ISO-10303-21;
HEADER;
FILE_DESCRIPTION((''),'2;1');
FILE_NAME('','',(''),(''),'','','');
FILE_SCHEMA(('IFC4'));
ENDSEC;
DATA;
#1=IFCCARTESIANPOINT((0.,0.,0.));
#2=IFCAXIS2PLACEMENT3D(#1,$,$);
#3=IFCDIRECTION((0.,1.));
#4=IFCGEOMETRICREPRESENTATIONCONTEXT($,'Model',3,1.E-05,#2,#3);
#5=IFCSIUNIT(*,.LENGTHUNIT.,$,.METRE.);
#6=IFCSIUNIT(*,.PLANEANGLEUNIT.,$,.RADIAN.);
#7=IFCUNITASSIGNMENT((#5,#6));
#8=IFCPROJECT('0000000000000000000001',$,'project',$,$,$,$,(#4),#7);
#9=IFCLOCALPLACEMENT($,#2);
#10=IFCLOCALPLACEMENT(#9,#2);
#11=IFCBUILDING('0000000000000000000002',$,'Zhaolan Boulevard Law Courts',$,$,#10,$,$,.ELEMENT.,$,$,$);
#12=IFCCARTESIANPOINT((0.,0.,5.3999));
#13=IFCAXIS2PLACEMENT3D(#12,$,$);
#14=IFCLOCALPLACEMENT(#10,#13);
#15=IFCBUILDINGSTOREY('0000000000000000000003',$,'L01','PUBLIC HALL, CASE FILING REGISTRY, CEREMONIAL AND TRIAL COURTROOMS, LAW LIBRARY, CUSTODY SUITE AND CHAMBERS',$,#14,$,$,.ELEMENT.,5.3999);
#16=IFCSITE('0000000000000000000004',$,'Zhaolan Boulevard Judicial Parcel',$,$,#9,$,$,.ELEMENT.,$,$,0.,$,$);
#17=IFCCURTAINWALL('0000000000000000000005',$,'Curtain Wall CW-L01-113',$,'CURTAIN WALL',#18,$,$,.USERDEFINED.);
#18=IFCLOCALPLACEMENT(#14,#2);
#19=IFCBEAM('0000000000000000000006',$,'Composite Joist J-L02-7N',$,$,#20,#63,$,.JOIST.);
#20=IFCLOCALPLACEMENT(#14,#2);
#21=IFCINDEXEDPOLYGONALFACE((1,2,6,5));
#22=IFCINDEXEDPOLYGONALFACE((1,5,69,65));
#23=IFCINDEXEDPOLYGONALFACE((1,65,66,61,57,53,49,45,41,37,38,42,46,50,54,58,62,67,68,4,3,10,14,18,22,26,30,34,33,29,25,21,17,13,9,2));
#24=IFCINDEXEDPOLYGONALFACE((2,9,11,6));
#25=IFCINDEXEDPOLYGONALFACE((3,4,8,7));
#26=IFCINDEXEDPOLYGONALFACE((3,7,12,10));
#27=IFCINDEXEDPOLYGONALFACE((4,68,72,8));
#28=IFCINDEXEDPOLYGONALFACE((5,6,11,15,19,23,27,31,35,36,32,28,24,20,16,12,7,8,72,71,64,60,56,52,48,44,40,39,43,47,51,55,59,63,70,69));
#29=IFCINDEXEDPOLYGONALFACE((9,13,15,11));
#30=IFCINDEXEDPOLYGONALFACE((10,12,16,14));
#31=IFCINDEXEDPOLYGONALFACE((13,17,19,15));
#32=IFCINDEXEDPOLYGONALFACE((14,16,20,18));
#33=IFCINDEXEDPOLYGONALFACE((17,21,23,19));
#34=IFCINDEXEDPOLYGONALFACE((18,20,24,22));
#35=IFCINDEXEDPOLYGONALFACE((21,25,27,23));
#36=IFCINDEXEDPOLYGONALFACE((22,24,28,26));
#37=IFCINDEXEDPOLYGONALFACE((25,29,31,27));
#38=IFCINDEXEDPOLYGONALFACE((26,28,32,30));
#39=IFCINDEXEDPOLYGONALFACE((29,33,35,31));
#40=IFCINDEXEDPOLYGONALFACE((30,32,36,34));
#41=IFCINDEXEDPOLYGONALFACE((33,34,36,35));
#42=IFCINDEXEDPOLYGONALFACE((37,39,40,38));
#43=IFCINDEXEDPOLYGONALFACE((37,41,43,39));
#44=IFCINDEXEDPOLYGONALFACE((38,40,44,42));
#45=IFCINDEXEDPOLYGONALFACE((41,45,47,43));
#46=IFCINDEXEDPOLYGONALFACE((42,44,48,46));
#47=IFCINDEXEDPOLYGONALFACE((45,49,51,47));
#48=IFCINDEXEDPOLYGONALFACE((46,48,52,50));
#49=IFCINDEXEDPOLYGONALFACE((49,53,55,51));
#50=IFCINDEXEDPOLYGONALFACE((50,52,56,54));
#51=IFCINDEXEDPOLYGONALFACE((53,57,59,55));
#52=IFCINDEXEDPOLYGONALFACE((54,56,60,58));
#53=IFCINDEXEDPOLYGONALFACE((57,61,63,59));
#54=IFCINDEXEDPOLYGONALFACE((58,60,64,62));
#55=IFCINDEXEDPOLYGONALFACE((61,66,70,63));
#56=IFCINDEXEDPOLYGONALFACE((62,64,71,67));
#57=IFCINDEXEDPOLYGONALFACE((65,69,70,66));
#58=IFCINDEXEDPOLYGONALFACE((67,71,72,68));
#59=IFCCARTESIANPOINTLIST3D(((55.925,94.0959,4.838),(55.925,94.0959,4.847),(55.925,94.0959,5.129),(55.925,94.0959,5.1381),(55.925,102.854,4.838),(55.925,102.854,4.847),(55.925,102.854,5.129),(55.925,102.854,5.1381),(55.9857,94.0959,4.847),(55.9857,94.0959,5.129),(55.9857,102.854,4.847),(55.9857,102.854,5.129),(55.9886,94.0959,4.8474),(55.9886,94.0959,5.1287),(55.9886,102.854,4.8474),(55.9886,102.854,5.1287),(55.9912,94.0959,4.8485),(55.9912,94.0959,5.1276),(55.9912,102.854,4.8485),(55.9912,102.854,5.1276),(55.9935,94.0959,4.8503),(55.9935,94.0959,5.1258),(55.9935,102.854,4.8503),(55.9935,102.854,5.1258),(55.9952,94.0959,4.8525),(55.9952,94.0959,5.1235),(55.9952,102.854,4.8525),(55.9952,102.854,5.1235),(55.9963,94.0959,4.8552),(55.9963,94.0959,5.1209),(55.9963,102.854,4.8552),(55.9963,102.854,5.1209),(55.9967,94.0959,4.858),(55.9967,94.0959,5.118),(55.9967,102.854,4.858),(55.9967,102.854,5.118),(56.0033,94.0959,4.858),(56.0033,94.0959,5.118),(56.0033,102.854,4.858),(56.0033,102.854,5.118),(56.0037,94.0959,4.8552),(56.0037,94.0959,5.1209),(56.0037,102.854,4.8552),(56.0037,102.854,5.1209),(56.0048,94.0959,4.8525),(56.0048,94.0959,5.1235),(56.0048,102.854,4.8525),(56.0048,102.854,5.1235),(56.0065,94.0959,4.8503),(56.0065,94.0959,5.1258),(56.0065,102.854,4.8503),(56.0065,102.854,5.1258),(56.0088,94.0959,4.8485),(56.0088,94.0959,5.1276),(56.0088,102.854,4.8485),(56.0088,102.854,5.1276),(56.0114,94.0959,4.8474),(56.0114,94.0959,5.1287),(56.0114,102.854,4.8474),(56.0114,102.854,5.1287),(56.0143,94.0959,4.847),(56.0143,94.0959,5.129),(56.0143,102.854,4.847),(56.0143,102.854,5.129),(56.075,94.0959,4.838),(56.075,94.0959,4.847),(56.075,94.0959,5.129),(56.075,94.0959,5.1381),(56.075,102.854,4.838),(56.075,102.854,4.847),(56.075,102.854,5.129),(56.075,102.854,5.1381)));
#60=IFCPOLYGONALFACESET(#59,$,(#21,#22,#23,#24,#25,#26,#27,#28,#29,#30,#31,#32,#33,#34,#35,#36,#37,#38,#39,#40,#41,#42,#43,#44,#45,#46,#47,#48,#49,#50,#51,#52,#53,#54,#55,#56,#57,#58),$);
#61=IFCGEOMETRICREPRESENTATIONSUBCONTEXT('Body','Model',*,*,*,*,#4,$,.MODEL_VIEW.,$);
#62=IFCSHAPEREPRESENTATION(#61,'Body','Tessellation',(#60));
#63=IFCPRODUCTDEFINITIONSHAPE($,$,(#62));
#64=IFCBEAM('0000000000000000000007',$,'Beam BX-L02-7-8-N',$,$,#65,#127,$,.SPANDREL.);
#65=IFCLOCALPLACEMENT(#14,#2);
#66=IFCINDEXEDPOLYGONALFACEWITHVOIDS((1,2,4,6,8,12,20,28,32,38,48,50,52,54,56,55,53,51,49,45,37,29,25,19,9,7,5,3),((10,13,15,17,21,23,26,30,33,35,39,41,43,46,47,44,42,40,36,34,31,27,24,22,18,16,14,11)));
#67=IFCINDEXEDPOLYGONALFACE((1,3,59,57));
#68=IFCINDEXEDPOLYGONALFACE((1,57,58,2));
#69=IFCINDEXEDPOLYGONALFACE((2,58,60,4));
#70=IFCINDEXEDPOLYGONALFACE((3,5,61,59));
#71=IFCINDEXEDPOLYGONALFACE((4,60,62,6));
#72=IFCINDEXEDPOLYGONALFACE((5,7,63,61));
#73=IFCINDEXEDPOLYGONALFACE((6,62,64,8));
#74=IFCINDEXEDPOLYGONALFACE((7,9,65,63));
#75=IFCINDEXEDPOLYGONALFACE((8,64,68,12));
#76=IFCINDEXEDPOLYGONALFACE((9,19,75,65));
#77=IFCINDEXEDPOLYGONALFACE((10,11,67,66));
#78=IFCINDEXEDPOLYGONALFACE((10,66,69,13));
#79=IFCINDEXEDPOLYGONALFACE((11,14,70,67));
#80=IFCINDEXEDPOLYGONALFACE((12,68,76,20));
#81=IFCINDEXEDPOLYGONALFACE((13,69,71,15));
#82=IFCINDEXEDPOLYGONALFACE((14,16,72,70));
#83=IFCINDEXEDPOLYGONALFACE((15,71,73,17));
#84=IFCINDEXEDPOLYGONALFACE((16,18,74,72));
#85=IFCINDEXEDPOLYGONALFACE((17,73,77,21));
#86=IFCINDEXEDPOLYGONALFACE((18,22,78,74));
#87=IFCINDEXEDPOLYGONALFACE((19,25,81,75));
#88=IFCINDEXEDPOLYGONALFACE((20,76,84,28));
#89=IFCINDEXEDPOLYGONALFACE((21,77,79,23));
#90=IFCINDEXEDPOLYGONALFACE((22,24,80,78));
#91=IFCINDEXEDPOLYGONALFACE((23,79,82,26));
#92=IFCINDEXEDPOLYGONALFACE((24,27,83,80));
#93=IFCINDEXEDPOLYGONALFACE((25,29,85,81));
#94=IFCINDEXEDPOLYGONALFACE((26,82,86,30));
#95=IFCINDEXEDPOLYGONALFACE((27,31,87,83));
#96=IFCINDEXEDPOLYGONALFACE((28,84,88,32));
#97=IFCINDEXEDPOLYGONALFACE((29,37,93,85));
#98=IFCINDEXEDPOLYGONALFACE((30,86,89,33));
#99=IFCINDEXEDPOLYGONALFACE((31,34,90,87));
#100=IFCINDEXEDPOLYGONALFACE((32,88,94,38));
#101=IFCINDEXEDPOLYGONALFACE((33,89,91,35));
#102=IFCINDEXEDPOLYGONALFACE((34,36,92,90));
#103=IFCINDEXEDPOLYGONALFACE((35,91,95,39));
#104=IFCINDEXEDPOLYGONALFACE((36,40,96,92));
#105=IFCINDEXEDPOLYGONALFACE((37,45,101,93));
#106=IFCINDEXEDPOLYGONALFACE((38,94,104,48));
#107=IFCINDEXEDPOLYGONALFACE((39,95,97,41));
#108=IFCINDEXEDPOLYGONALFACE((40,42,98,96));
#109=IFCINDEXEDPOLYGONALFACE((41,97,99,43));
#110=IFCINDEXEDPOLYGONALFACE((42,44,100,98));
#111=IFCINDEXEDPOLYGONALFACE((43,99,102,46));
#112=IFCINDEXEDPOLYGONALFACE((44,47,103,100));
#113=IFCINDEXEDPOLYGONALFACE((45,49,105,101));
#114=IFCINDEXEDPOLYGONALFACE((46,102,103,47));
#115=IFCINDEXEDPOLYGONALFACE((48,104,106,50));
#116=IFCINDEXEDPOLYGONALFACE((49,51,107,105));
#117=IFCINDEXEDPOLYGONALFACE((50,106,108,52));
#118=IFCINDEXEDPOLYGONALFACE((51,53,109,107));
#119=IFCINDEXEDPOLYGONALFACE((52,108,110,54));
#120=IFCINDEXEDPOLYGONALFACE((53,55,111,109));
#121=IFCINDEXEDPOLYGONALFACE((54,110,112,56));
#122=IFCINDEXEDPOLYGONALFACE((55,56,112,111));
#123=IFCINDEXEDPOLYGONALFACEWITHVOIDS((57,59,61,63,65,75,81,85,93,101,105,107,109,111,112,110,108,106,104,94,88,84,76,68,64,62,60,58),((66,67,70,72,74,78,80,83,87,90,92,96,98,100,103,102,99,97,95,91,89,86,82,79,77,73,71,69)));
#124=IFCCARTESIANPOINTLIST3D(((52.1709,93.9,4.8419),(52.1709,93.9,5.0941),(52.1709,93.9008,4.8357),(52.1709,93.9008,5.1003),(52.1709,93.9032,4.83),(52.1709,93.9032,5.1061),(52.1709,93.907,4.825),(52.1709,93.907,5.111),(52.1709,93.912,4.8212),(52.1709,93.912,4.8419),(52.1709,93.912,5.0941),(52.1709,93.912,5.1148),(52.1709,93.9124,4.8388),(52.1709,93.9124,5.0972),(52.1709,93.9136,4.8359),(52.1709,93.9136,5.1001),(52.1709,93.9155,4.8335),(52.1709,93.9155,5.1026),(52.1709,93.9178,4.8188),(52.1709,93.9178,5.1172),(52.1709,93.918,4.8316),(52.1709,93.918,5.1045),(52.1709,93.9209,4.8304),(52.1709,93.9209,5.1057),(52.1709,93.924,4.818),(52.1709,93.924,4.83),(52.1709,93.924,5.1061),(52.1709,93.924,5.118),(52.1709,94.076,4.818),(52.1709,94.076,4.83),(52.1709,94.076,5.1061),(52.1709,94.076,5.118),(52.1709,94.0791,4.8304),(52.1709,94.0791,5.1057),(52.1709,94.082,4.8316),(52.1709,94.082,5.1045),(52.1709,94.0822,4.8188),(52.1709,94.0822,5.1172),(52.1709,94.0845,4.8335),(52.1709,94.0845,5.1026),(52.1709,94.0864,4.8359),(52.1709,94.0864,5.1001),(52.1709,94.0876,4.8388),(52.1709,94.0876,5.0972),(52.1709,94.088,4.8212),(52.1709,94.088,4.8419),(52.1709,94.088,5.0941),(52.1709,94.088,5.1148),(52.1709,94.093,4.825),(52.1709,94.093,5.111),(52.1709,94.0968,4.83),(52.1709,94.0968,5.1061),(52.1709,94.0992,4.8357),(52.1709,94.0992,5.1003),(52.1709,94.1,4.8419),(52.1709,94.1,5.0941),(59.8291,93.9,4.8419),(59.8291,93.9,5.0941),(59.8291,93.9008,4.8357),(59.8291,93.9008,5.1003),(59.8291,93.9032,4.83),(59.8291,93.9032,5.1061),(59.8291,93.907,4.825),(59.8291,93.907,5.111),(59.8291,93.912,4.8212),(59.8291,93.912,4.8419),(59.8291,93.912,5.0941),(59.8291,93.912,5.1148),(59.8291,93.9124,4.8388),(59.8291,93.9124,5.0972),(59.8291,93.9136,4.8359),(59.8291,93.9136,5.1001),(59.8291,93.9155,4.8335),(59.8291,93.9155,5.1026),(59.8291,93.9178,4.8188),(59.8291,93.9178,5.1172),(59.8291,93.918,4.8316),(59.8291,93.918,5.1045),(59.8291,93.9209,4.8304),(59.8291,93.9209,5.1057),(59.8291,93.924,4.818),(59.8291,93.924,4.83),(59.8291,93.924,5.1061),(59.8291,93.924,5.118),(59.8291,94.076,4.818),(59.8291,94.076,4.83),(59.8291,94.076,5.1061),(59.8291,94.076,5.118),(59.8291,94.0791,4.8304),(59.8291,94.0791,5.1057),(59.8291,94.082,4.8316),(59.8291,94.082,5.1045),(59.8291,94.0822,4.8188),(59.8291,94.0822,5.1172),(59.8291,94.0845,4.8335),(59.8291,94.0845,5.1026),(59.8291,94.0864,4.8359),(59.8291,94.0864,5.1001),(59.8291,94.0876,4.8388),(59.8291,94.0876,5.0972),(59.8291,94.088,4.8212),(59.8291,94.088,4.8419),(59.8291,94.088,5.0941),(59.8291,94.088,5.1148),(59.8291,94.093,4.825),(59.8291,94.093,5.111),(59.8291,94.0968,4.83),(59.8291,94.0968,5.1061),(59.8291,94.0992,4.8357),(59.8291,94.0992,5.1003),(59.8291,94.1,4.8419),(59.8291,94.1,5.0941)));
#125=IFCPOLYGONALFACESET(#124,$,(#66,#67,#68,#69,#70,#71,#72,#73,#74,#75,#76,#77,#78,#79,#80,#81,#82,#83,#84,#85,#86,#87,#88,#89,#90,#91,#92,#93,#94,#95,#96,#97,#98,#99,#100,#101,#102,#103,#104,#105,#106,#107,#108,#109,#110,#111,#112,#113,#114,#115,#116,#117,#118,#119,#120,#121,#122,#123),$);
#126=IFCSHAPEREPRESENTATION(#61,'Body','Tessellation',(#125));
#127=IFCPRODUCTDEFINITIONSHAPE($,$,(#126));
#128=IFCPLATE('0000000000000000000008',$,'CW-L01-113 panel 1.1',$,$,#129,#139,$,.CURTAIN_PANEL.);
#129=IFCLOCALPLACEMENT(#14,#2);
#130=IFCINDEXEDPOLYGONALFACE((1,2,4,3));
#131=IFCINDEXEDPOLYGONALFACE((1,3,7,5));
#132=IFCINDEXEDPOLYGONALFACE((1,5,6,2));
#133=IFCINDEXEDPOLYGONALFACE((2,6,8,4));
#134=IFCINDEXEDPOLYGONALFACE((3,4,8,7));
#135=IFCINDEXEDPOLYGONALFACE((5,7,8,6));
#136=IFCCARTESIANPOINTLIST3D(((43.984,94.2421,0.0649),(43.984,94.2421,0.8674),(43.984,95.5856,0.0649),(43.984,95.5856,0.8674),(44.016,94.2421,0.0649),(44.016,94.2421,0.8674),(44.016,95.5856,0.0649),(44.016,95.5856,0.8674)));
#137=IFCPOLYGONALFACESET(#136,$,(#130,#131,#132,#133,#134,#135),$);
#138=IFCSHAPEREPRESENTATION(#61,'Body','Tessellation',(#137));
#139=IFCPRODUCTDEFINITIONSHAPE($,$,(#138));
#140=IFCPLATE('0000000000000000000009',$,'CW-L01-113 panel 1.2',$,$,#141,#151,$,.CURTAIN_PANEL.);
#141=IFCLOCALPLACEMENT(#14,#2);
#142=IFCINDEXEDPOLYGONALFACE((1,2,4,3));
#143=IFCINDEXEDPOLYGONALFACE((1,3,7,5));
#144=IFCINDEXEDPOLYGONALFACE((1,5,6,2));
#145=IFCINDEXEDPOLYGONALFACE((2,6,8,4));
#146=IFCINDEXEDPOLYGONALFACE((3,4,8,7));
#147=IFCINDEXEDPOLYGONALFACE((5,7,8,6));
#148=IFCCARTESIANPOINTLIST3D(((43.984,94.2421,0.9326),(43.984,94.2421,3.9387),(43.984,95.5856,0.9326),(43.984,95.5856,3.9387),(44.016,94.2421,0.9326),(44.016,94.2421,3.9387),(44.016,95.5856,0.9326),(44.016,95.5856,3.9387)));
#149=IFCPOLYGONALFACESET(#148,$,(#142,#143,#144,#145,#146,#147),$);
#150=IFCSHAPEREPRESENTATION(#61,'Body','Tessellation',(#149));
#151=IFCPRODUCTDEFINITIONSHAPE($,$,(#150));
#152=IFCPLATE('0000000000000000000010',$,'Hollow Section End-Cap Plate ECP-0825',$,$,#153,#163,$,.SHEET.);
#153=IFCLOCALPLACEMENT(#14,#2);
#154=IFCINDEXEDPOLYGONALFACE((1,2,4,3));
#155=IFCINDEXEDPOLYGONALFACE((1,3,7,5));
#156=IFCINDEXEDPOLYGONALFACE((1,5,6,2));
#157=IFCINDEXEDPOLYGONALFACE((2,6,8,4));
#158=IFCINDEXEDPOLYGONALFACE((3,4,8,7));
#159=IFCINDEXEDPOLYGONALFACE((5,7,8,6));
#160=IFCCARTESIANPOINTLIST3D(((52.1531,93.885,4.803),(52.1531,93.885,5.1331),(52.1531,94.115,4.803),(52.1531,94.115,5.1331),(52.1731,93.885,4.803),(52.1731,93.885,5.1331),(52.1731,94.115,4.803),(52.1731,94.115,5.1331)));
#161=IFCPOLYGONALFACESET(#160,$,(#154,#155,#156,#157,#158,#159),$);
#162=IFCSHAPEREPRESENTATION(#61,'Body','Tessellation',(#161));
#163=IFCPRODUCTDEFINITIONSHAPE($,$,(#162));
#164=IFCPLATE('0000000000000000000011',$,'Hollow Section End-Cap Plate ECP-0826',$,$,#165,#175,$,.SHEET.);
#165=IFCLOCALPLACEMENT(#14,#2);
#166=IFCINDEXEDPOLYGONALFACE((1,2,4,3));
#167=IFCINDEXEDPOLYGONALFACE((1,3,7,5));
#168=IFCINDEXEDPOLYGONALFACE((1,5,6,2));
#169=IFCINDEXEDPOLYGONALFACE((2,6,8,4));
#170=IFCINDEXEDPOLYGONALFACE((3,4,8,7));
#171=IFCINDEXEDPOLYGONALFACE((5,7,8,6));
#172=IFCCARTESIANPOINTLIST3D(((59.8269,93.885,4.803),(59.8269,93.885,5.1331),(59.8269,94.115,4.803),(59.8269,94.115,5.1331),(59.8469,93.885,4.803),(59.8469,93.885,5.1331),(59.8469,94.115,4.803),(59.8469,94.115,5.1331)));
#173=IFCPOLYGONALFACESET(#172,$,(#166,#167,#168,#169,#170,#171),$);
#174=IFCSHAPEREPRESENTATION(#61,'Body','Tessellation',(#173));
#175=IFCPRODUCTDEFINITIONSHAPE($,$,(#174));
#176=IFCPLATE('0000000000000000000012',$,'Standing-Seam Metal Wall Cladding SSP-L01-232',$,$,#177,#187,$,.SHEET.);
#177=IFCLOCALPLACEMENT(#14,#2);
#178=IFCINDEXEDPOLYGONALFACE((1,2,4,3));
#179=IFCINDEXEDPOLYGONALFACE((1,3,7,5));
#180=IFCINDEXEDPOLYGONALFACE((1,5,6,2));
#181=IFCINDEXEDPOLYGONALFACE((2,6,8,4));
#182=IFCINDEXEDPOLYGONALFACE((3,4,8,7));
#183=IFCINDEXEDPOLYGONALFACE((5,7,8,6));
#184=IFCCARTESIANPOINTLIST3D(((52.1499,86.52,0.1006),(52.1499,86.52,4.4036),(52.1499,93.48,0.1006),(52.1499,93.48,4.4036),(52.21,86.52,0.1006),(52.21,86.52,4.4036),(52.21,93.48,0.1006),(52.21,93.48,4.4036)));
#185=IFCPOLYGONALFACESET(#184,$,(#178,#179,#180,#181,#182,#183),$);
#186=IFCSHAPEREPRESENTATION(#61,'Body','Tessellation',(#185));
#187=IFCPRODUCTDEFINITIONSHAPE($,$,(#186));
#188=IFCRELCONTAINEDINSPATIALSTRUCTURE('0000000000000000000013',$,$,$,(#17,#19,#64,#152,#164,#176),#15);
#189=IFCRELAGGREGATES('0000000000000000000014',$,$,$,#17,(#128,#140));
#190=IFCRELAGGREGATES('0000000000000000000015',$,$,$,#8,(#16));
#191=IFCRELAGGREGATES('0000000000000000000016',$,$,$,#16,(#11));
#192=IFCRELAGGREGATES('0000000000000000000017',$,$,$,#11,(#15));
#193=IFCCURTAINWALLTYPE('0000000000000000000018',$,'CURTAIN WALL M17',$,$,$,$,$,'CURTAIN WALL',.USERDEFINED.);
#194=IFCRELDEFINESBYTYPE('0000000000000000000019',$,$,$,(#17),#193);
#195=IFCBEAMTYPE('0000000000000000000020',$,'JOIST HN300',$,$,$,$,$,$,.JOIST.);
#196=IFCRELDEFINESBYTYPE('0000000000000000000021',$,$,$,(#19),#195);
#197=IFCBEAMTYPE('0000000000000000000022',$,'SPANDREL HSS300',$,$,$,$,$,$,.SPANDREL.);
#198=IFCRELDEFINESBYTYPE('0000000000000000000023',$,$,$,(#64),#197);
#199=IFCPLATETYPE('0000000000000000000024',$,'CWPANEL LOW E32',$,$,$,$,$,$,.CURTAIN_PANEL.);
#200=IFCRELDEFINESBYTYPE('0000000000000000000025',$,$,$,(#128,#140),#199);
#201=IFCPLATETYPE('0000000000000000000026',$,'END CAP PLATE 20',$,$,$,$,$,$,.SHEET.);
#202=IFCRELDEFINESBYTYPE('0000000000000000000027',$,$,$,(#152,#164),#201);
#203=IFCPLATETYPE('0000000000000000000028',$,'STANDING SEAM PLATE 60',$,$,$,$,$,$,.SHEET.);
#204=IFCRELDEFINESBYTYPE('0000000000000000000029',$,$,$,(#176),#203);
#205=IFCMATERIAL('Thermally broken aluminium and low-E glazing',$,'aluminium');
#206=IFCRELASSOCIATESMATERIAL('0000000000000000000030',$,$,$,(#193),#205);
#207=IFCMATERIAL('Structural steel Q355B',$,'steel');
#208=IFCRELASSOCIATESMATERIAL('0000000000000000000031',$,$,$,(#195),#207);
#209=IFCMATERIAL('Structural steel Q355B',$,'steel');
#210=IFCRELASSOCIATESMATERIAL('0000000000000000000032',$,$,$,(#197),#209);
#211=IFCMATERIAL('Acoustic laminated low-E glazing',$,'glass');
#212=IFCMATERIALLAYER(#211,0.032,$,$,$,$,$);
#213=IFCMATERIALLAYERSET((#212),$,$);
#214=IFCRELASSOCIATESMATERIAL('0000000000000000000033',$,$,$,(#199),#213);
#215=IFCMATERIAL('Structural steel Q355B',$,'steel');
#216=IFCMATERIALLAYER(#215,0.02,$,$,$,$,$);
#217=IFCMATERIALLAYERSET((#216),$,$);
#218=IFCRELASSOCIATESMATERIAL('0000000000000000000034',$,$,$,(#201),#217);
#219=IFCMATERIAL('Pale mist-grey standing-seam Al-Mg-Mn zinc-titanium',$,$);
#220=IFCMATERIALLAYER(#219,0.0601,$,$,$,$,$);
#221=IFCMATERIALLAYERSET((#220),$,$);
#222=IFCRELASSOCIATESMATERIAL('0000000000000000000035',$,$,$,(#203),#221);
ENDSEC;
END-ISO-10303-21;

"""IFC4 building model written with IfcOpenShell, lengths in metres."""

from ifc_helpers import new_model, si_unit, direction, frame, origin, origin_2d, place, context, subcontext, project, spatial, rectangle, hollow_rectangle, i_section, extrude, material, layer, layer_set, material_profile, profile_set, type_object, element, aggregate, save


model = new_model("IFC4")

# Units and contexts
model_context = context("Model", 3, precision=1e-05, world=origin(), true_north=direction((0.0, 1.0)))
body_context = subcontext(model_context, "Body", "Model", "MODEL_VIEW")
ifc_project = project(units=[si_unit("LENGTHUNIT", "METRE"), si_unit("PLANEANGLEUNIT", "RADIAN")], contexts=[model_context])

# Site, building, storey
site_placement = place(None, origin())
site = spatial("IfcSite", under=ifc_project, at=site_placement, Name="Zhaolan Boulevard Judicial Parcel", CompositionType="ELEMENT", RefElevation=0.0)
building_placement = place(site_placement, origin())
building = spatial("IfcBuilding", under=site, at=building_placement, Name="Zhaolan Boulevard Law Courts", CompositionType="ELEMENT")
storey_placement = place(building_placement, frame((0.0, 0.0, 5.3999)))
storey = spatial("IfcBuildingStorey", under=building, at=storey_placement, Name="L01", Description="PUBLIC HALL, CASE FILING REGISTRY, CEREMONIAL AND TRIAL COURTROOMS, LAW LIBRARY, CUSTODY SUITE AND CHAMBERS", CompositionType="ELEMENT", Elevation=5.3999)

# Curtain wall
ifc_material_1 = material(Name="Thermally broken aluminium and low-E glazing", Category="aluminium")
curtain_wall_type = type_object("IfcCurtainWallType", Name="CURTAIN WALL M17", ElementType="CURTAIN WALL", PredefinedType="USERDEFINED", material=ifc_material_1)
curtain_wall_placement = place(storey_placement, origin())
curtain_wall = element("IfcCurtainWall", 1, at=curtain_wall_placement, inside=storey, type_object=curtain_wall_type, Name="Curtain Wall CW-L01-113", ObjectType="CURTAIN WALL", PredefinedType="USERDEFINED")

# Beams
ifc_material_2 = material(Name="Structural steel Q355B", Category="steel")
ifc_material_profile_1 = material_profile(ifc_material_2, i_section(OverallWidth=0.1499, OverallDepth=0.3, WebThickness=0.0066, FlangeThickness=0.009, FilletRadius=0.011, at=origin_2d()), Name="HN300x150")
ifc_profile_set_1 = profile_set([ifc_material_profile_1], Name="Structural steel Q355B")
beam_type_1 = type_object("IfcBeamType", Name="JOIST HN300", PredefinedType="JOIST", material=ifc_profile_set_1)
beam_1_placement = place(storey_placement, frame((56.0, 94.0959, 4.988), z_axis=(0.0, 1.0, 0.0), x_axis=(-1.0, 0.0, 0.0)))
element("IfcBeam", 2, at=beam_1_placement, inside=storey, type_object=beam_type_1, Name="Composite Joist J-L02-7N", PredefinedType="JOIST", context=body_context, shape_type="SweptSolid", body=[
    extrude(i_section(OverallWidth=0.1499, OverallDepth=0.3, WebThickness=0.0066, FlangeThickness=0.009, FilletRadius=0.011, at=origin_2d()), origin(), (0.0, 0.0, 1.0), 8.7581),
])
ifc_material_3 = material(Name="Structural steel Q355B", Category="steel")
ifc_material_profile_2 = material_profile(ifc_material_3, hollow_rectangle(XDim=0.2, YDim=0.3, WallThickness=0.012, InnerFilletRadius=0.012, OuterFilletRadius=0.0239, at=origin_2d()), Name="HSS300x200x12")
ifc_profile_set_2 = profile_set([ifc_material_profile_2], Name="Structural steel Q355B")
beam_type_2 = type_object("IfcBeamType", Name="SPANDREL HSS300", PredefinedType="SPANDREL", material=ifc_profile_set_2)
beam_2_placement = place(storey_placement, frame((52.1709, 94.0, 4.968), z_axis=(1.0, 0.0, 0.0), x_axis=(0.0, 1.0, 0.0)))
element("IfcBeam", 3, at=beam_2_placement, inside=storey, type_object=beam_type_2, Name="Beam BX-L02-7-8-N", PredefinedType="SPANDREL", context=body_context, shape_type="SweptSolid", body=[
    extrude(hollow_rectangle(XDim=0.2, YDim=0.3, WallThickness=0.012, InnerFilletRadius=0.012, OuterFilletRadius=0.0239, at=origin_2d()), origin(), (0.0, 0.0, 1.0), 7.6582),
])

# Plates
ifc_material_4 = material(Name="Acoustic laminated low-E glazing", Category="glass")
ifc_layer_1 = layer(ifc_material_4, 0.032)
ifc_layer_set_1 = layer_set([ifc_layer_1])
plate_type_1 = type_object("IfcPlateType", Name="CWPANEL LOW E32", PredefinedType="CURTAIN_PANEL", material=ifc_layer_set_1)
plate_1_placement = place(storey_placement, frame((44.0, 94.9138, 0.0649), z_axis=(0.0, 0.0, 1.0), x_axis=(0.0, 1.0, 0.0)))
plate_1 = element("IfcPlate", 4, at=plate_1_placement, type_object=plate_type_1, Name="CW-L01-113 panel 1.1", PredefinedType="CURTAIN_PANEL", context=body_context, shape_type="SweptSolid", body=[
    extrude(rectangle(XDim=1.3435, YDim=0.032, at=origin_2d()), origin(), (0.0, 0.0, 1.0), 0.8025),
])
plate_2_placement = place(storey_placement, frame((44.0, 94.9138, 0.9326), z_axis=(0.0, 0.0, 1.0), x_axis=(0.0, 1.0, 0.0)))
plate_2 = element("IfcPlate", 5, at=plate_2_placement, type_object=plate_type_1, Name="CW-L01-113 panel 1.2", PredefinedType="CURTAIN_PANEL", context=body_context, shape_type="SweptSolid", body=[
    extrude(rectangle(XDim=1.3435, YDim=0.032, at=origin_2d()), origin(), (0.0, 0.0, 1.0), 3.0061),
])
aggregate(curtain_wall, [plate_1, plate_2])

# Plates
ifc_material_5 = material(Name="Structural steel Q355B", Category="steel")
ifc_layer_2 = layer(ifc_material_5, 0.02)
ifc_layer_set_2 = layer_set([ifc_layer_2])
plate_type_2 = type_object("IfcPlateType", Name="END CAP PLATE 20", PredefinedType="SHEET", material=ifc_layer_set_2)
for number, where, z_axis, x_axis, name in (
    (6, (52.1631, 94.0, 4.803), (0.0, 0.0, 1.0), (1.0, 0.0, 0.0), "Hollow Section End-Cap Plate ECP-0825"),
    (7, (59.8369, 94.0, 4.803), (0.0, 0.0, 1.0), (1.0, 0.0, 0.0), "Hollow Section End-Cap Plate ECP-0826"),
):
    element("IfcPlate", number, at=place(storey_placement, frame(where, z_axis=z_axis, x_axis=x_axis)), inside=storey, type_object=plate_type_2, Name=name, PredefinedType="SHEET", context=body_context, shape_type="SweptSolid", body=[
        extrude(rectangle(XDim=0.02, YDim=0.23, at=origin_2d()), origin(), (0.0, 0.0, 1.0), 0.3301),
    ])
ifc_material_6 = material(Name="Pale mist-grey standing-seam Al-Mg-Mn zinc-titanium")
ifc_layer_3 = layer(ifc_material_6, 0.0601)
ifc_layer_set_3 = layer_set([ifc_layer_3])
plate_type_3 = type_object("IfcPlateType", Name="STANDING SEAM PLATE 60", PredefinedType="SHEET", material=ifc_layer_set_3)
plate_3_placement = place(storey_placement, frame((52.1799, 90.0, 0.1006), z_axis=(0.0, 0.0, 1.0), x_axis=(0.0, -1.0, 0.0)))
element("IfcPlate", 8, at=plate_3_placement, inside=storey, type_object=plate_type_3, Name="Standing-Seam Metal Wall Cladding SSP-L01-232", PredefinedType="SHEET", context=body_context, shape_type="SweptSolid", body=[
    extrude(rectangle(XDim=6.96, YDim=0.0601, at=origin_2d()), origin(), (0.0, 0.0, 1.0), 4.303),
])

save(model, "model.ifc")
